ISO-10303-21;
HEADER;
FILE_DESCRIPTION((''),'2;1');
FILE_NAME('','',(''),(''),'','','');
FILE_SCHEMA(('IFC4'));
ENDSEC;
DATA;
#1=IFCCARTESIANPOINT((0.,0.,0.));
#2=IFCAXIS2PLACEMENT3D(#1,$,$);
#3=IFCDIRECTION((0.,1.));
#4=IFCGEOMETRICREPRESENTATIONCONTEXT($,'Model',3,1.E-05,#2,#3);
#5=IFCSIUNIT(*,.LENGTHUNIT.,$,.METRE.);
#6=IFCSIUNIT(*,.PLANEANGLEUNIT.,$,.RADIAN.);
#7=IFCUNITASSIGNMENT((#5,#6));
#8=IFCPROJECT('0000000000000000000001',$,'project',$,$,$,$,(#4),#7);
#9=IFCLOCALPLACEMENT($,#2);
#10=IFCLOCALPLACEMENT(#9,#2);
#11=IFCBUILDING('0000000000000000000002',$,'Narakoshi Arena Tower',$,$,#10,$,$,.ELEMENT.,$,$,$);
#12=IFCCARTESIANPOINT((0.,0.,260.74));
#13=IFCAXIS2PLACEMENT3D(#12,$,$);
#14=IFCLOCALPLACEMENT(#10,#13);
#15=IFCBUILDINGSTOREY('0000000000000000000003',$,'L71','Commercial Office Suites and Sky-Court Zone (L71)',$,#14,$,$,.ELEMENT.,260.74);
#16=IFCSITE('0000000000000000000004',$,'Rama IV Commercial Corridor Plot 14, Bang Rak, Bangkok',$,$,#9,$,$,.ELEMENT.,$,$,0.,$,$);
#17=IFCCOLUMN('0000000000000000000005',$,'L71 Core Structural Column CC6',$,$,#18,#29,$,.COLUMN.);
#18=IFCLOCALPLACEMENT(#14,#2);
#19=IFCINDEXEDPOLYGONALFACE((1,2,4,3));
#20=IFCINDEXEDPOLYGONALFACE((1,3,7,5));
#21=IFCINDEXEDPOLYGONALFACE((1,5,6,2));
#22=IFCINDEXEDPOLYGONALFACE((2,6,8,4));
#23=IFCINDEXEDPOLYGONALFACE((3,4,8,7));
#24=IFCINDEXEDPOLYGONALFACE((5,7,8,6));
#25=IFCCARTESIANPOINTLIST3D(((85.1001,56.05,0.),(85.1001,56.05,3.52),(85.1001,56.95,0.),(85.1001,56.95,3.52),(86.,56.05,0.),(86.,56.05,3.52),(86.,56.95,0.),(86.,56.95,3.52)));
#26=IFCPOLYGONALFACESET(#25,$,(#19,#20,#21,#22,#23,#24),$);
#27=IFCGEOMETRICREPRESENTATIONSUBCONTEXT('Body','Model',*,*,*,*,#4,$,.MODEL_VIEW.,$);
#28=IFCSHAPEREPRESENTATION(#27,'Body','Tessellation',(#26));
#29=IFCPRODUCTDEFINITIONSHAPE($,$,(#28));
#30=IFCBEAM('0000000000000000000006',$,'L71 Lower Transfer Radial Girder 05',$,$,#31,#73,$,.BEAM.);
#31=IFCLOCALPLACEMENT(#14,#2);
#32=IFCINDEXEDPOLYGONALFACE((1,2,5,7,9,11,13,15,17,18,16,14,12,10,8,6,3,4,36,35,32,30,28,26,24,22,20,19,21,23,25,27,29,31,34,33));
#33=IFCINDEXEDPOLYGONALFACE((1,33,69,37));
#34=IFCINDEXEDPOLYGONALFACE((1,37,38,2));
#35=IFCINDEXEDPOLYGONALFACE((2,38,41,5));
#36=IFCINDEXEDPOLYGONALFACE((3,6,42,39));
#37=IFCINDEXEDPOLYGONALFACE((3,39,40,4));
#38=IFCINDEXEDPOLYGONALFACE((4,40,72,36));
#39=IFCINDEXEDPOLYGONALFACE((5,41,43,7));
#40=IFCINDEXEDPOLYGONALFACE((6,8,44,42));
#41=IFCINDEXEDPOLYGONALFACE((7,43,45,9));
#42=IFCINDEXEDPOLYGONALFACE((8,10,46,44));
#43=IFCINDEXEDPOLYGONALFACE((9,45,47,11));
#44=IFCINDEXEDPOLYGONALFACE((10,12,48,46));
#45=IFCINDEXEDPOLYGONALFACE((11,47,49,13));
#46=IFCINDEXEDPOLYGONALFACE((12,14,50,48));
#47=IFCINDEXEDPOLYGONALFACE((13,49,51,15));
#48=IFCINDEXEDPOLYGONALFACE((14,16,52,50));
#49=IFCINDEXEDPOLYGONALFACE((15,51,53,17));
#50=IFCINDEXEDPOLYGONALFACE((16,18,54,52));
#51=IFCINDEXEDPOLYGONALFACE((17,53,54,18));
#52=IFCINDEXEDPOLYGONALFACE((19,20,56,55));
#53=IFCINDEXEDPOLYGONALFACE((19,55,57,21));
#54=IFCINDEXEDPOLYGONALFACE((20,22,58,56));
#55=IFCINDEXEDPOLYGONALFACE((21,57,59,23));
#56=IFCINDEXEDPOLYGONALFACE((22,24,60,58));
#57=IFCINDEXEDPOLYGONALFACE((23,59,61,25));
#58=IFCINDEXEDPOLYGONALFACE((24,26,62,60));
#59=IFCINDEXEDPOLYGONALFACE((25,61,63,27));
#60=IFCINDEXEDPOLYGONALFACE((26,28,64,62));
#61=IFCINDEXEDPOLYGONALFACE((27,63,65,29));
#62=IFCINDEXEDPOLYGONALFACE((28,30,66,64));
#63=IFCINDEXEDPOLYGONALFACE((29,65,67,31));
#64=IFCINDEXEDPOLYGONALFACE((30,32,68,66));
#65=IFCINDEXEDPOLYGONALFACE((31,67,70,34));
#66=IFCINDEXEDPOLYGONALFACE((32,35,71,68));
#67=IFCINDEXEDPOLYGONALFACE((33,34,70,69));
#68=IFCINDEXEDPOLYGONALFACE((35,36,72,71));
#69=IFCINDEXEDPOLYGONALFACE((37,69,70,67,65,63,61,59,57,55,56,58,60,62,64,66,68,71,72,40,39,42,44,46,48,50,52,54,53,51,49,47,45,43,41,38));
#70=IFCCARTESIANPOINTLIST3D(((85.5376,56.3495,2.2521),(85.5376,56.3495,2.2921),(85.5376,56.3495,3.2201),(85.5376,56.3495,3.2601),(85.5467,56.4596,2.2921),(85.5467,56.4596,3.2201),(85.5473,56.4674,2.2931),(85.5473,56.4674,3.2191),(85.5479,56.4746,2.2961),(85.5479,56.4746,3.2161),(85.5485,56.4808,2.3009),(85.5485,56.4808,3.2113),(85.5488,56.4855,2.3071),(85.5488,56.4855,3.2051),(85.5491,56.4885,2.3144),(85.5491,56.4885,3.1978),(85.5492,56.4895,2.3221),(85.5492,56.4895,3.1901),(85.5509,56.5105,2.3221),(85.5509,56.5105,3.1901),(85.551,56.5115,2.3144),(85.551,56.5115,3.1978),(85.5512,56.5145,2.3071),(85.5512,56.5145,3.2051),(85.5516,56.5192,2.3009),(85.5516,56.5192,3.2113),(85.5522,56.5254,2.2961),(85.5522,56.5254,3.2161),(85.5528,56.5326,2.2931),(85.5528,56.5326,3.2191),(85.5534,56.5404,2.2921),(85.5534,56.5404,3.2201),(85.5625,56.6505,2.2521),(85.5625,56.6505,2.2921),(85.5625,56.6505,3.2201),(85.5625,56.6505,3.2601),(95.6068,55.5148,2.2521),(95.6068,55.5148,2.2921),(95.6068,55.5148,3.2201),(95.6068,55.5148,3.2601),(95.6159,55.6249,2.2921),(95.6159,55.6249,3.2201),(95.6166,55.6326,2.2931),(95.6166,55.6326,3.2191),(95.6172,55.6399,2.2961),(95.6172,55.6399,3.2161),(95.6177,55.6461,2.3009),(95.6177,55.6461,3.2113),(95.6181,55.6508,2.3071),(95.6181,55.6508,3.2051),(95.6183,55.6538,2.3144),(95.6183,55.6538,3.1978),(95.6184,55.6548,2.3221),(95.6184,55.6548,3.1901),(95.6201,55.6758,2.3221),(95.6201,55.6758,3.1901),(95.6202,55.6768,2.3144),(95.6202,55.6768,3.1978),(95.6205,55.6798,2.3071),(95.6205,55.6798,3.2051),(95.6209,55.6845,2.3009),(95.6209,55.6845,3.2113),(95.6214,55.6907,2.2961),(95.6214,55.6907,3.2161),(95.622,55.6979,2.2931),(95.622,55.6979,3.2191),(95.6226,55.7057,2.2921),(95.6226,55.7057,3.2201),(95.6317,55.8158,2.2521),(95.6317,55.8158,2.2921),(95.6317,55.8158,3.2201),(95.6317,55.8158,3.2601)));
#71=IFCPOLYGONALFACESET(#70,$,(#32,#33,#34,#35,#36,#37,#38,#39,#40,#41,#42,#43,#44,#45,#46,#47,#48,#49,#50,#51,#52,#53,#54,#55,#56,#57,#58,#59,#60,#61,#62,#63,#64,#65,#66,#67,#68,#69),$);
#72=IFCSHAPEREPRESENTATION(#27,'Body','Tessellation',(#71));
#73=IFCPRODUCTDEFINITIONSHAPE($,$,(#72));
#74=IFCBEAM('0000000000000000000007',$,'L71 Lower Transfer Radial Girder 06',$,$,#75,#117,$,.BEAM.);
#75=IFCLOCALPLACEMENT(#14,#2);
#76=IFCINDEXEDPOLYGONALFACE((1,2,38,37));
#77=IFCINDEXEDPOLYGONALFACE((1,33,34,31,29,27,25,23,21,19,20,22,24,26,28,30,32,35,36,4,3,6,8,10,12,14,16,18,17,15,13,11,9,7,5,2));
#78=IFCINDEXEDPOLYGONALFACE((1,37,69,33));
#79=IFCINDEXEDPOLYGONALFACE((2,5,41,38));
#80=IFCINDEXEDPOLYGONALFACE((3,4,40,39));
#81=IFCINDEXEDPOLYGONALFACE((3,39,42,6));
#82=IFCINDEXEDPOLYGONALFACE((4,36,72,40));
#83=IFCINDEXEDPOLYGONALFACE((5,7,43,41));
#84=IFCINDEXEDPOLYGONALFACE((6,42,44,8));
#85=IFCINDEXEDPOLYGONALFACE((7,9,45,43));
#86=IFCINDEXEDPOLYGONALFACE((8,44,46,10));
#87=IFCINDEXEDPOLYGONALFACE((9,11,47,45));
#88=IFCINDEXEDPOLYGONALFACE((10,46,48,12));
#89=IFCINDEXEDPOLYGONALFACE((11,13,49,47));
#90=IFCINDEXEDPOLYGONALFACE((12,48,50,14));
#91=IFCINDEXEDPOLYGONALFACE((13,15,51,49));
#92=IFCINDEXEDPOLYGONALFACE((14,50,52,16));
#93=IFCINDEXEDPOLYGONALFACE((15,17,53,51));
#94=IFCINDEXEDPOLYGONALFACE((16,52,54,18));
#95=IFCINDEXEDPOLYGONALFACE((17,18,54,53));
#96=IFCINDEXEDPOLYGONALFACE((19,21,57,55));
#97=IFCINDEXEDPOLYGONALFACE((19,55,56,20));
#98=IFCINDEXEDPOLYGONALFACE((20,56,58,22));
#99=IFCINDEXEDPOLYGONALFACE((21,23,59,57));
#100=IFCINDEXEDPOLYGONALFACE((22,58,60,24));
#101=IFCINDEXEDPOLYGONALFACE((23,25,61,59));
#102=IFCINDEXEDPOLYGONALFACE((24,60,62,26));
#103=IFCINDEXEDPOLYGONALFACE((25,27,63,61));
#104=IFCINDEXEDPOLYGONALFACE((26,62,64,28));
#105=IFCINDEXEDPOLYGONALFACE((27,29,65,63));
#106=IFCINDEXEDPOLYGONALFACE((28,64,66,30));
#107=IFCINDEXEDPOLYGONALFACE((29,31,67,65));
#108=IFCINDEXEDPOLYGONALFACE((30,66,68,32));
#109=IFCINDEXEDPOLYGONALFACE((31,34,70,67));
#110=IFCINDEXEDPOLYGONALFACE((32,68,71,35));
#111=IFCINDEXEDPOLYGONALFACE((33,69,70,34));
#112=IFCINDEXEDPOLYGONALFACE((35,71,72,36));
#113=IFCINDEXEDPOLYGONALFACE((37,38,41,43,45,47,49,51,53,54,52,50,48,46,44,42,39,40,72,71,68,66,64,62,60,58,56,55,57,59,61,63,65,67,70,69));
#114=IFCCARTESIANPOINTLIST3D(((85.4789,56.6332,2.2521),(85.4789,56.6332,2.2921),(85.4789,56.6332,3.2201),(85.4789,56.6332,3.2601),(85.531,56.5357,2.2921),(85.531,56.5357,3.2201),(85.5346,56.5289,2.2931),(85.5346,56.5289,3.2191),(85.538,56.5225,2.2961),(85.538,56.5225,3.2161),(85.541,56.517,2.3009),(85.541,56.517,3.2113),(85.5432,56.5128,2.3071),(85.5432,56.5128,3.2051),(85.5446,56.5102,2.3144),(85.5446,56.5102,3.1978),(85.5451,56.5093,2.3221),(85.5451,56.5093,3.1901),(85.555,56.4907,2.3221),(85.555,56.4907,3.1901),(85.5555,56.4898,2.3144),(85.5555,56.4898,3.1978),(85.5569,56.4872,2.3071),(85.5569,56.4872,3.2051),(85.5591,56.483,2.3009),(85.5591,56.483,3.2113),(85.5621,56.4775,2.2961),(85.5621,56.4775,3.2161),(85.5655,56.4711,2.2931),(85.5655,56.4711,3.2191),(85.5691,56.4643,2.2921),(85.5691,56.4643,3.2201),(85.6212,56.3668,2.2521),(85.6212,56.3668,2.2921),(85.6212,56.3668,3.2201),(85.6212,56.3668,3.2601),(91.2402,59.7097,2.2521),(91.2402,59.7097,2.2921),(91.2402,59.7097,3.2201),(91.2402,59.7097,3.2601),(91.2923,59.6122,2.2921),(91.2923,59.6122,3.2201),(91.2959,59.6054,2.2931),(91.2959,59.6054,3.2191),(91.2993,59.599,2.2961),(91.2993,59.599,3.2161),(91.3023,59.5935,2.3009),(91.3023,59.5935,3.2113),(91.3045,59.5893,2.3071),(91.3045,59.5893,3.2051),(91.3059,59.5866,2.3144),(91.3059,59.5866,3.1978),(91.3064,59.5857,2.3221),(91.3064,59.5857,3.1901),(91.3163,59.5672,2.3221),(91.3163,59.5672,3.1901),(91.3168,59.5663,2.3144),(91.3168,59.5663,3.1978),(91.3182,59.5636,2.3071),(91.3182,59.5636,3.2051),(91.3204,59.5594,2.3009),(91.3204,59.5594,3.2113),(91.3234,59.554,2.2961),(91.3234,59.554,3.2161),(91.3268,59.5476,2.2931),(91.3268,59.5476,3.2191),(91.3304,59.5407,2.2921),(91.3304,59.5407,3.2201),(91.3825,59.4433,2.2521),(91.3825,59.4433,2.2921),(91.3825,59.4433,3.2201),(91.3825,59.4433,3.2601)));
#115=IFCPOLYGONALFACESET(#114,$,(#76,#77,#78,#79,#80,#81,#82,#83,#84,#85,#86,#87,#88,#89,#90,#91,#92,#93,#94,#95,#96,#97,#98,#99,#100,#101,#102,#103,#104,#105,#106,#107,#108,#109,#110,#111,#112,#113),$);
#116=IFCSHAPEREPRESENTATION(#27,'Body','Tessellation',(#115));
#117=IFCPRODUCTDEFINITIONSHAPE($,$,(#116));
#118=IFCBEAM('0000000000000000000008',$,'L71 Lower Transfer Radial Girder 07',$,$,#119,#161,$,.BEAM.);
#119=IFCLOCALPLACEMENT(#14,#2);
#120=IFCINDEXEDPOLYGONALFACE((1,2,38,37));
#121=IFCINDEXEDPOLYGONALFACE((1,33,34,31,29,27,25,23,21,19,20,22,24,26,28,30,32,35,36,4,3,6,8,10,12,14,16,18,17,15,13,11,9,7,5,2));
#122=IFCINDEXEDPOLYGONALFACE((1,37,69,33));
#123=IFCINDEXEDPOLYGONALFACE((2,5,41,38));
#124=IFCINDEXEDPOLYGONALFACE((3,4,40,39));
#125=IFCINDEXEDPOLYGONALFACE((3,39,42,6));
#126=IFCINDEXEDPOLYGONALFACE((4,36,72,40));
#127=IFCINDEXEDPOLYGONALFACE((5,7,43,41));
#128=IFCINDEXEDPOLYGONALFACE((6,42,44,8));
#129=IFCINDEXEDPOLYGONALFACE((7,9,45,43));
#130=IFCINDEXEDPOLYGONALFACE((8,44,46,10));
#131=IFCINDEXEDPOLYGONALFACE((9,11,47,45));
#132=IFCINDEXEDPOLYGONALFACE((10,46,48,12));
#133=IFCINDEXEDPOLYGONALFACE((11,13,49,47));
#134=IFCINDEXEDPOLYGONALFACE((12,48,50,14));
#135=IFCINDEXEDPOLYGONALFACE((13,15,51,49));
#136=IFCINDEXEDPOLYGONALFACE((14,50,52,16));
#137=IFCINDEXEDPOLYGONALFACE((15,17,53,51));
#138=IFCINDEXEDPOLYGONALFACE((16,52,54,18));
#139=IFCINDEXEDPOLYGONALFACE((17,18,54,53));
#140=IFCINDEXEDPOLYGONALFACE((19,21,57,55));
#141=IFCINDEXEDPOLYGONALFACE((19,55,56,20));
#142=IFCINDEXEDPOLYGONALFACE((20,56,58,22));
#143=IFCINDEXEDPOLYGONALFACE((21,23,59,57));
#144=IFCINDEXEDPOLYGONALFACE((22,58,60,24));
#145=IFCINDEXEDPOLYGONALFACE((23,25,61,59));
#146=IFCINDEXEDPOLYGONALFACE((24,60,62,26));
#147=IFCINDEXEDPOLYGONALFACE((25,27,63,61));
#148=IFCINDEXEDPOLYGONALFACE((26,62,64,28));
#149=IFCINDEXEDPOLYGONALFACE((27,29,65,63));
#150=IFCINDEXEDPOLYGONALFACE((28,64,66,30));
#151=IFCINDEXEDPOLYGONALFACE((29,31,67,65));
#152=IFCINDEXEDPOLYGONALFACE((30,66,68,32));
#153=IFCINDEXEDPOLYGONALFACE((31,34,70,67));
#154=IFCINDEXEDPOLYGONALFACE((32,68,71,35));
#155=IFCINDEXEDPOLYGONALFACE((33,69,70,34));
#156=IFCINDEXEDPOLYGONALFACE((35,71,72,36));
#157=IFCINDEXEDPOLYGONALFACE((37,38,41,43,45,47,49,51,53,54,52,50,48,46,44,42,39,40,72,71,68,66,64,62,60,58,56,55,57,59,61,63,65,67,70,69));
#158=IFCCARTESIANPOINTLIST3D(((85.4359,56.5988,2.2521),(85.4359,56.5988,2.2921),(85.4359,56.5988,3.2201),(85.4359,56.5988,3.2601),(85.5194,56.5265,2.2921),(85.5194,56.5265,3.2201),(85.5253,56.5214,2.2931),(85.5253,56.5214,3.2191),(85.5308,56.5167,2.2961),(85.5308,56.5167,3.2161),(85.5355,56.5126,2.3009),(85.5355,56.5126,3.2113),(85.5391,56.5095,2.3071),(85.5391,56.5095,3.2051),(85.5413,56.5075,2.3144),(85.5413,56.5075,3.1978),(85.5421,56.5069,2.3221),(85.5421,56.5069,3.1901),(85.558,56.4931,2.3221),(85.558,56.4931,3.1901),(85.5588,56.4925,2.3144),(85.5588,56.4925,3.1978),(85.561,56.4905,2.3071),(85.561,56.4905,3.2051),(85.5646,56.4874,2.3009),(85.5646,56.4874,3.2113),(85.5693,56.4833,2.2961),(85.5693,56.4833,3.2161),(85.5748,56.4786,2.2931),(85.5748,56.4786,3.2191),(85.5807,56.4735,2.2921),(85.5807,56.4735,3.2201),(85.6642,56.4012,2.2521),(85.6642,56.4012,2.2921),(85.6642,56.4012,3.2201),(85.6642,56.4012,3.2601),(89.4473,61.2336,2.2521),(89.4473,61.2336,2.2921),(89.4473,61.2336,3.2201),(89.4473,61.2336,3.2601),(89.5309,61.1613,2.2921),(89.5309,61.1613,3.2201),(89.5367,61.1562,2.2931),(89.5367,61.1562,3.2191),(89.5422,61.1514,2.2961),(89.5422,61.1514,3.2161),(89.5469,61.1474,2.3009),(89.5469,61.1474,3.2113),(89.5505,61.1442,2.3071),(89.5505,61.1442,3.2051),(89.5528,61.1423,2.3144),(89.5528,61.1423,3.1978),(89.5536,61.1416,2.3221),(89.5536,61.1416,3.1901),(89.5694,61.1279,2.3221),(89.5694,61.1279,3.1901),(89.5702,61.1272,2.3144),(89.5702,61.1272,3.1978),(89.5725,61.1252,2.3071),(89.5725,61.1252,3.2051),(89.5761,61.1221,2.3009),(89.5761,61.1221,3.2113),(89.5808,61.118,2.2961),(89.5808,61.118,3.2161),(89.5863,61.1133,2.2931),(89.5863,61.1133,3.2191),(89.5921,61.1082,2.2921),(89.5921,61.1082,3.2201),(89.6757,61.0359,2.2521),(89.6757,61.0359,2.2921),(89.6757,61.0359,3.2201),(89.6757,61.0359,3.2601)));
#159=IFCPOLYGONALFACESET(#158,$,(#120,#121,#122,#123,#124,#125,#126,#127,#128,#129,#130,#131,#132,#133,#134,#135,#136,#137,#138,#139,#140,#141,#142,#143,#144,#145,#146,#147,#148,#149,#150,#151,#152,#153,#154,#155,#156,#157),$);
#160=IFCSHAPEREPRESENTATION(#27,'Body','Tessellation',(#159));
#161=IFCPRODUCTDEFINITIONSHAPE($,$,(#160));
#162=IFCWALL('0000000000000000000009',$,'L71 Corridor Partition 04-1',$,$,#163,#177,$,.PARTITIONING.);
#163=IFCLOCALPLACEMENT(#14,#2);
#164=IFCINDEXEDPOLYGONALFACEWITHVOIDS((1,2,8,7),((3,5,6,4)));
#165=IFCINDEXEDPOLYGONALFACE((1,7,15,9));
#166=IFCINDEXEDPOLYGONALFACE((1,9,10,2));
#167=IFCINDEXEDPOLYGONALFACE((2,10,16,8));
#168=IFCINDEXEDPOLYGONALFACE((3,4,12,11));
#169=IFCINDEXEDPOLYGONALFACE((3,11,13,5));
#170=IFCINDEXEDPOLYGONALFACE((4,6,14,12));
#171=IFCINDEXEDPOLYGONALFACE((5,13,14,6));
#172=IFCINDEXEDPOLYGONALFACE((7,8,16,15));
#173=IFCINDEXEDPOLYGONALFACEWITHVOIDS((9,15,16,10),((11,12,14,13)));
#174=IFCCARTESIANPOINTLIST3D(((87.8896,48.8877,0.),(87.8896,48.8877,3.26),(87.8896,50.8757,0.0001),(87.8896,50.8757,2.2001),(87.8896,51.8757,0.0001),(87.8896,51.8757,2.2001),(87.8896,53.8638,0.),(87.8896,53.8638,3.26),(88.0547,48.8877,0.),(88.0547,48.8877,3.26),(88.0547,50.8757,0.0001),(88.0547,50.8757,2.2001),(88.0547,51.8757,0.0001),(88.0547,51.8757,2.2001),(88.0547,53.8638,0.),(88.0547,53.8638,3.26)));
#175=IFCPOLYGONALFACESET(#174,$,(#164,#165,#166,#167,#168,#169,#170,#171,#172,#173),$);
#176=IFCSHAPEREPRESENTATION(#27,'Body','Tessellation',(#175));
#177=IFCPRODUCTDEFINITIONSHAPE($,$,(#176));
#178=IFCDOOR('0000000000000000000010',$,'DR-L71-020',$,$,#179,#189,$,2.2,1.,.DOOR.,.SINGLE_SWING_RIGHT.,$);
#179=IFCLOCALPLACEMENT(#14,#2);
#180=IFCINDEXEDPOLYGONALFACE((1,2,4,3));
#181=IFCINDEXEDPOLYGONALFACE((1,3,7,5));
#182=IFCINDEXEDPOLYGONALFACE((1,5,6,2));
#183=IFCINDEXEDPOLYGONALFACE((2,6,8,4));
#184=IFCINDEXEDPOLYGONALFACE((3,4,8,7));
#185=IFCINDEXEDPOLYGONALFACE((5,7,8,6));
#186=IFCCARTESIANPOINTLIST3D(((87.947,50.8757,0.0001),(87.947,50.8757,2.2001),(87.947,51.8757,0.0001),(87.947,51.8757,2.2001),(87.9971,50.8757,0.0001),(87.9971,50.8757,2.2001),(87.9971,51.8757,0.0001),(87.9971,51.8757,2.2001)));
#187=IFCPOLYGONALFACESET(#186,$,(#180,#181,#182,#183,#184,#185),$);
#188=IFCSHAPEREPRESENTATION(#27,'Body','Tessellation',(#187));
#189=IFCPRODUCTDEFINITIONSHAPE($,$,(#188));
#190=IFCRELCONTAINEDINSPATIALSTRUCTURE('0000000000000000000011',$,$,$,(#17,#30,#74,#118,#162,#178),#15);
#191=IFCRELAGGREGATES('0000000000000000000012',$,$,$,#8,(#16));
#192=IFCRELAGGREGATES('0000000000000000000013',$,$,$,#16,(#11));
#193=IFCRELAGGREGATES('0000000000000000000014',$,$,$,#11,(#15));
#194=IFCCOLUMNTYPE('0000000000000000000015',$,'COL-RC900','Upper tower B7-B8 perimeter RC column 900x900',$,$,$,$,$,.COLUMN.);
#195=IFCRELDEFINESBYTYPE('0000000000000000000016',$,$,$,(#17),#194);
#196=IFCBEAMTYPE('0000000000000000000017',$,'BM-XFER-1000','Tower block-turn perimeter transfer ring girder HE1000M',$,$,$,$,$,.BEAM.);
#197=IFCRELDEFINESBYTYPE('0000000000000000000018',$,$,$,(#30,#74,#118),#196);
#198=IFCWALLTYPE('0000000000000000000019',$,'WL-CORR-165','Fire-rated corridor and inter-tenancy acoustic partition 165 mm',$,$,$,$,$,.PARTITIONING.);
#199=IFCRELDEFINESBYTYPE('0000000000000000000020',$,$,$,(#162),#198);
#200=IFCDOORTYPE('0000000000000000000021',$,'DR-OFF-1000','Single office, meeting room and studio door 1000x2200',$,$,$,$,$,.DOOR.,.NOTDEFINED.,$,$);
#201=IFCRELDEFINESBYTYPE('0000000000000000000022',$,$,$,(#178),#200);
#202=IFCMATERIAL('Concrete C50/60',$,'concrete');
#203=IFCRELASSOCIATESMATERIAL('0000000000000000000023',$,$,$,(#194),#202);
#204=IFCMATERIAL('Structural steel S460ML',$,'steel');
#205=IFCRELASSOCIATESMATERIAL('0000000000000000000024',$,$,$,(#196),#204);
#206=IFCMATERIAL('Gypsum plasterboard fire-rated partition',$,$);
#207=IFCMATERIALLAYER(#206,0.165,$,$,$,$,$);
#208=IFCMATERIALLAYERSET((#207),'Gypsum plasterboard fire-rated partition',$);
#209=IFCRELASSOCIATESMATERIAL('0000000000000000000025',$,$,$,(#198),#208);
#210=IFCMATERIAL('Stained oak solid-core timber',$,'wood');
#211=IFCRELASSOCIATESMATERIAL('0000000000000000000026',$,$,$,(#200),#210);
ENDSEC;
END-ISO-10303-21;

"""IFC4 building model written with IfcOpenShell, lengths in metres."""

from ifc_helpers import new_model, si_unit, direction, frame, frame_2d, origin, origin_2d, place, context, subcontext, project, spatial, rectangle, i_section, extrude, material, layer, layer_set, material_profile, profile_set, type_object, element, fill, save


model = new_model("IFC4")

# Units and contexts
model_context = context("Model", 3, precision=1e-05, world=origin(), true_north=direction((0.0, 1.0)))
body_context = subcontext(model_context, "Body", "Model", "MODEL_VIEW")
ifc_project = project(units=[si_unit("LENGTHUNIT", "METRE"), si_unit("PLANEANGLEUNIT", "RADIAN")], contexts=[model_context])

# Site, building, storey
site_placement = place(None, origin())
site = spatial("IfcSite", under=ifc_project, at=site_placement, Name="Rama IV Commercial Corridor Plot 14, Bang Rak, Bangkok", CompositionType="ELEMENT", RefElevation=0.0)
building_placement = place(site_placement, origin())
building = spatial("IfcBuilding", under=site, at=building_placement, Name="Narakoshi Arena Tower", CompositionType="ELEMENT")
storey_placement = place(building_placement, frame((0.0, 0.0, 260.74)))
storey = spatial("IfcBuildingStorey", under=building, at=storey_placement, Name="L71", Description="Commercial Office Suites and Sky-Court Zone (L71)", CompositionType="ELEMENT", Elevation=260.74)

# Column
ifc_material_1 = material(Name="Concrete C50/60", Category="concrete")
ifc_material_profile_1 = material_profile(ifc_material_1, rectangle(XDim=0.8999, YDim=0.8999, at=origin_2d()), Name="RC900x900")
ifc_profile_set_1 = profile_set([ifc_material_profile_1], Name="Concrete C50/60")
column_type = type_object("IfcColumnType", Name="COL-RC900", Description="Upper tower B7-B8 perimeter RC column 900x900", PredefinedType="COLUMN", material=ifc_profile_set_1)
column_placement = place(storey_placement, frame((85.55, 56.5, 0.0), z_axis=(0.0, 0.0, 1.0), x_axis=(1.0, 0.0, 0.0)))
element("IfcColumn", 1, at=column_placement, inside=storey, type_object=column_type, Name="L71 Core Structural Column CC6", PredefinedType="COLUMN", context=body_context, shape_type="SweptSolid", body=[
    extrude(rectangle(XDim=0.8999, YDim=0.8999, at=origin_2d()), origin(), (0.0, 0.0, 1.0), 3.52),
])

# Beams
ifc_material_2 = material(Name="Structural steel S460ML", Category="steel")
ifc_material_profile_2 = material_profile(ifc_material_2, i_section(OverallWidth=0.302, OverallDepth=1.0081, WebThickness=0.021, FlangeThickness=0.04, FilletRadius=0.03, at=origin_2d()), Name="HE1000M")
ifc_profile_set_2 = profile_set([ifc_material_profile_2], Name="Structural steel S460ML")
beam_type = type_object("IfcBeamType", Name="BM-XFER-1000", Description="Tower block-turn perimeter transfer ring girder HE1000M", PredefinedType="BEAM", material=ifc_profile_set_2)
beam_1_placement = place(storey_placement, frame((85.55, 56.5, 2.7561), z_axis=(0.996582, -0.082614, 0.0), x_axis=(0.082614, 0.996582, 0.0)))
element("IfcBeam", 2, at=beam_1_placement, inside=storey, type_object=beam_type, Name="L71 Lower Transfer Radial Girder 05", PredefinedType="BEAM", context=body_context, shape_type="SweptSolid", body=[
    extrude(i_section(OverallWidth=0.302, OverallDepth=1.0081, WebThickness=0.021, FlangeThickness=0.04, FilletRadius=0.03, at=origin_2d()), origin(), (0.0, 0.0, 1.0), 10.1038),
])
beam_2_placement = place(storey_placement, frame((85.55, 56.5, 2.7561), z_axis=(0.882114, 0.471036, 0.0), x_axis=(-0.471036, 0.882114, 0.0)))
element("IfcBeam", 3, at=beam_2_placement, inside=storey, type_object=beam_type, Name="L71 Lower Transfer Radial Girder 06", PredefinedType="BEAM", context=body_context, shape_type="SweptSolid", body=[
    extrude(i_section(OverallWidth=0.302, OverallDepth=1.0081, WebThickness=0.021, FlangeThickness=0.04, FilletRadius=0.03, at=origin_2d()), origin(), (0.0, 0.0, 1.0), 6.5312),
])
beam_3_placement = place(storey_placement, frame((85.55, 56.5, 2.7561), z_axis=(0.654435, 0.756119, 0.0), x_axis=(-0.756119, 0.654435, 0.0)))
element("IfcBeam", 4, at=beam_3_placement, inside=storey, type_object=beam_type, Name="L71 Lower Transfer Radial Girder 07", PredefinedType="BEAM", context=body_context, shape_type="SweptSolid", body=[
    extrude(i_section(OverallWidth=0.302, OverallDepth=1.0081, WebThickness=0.021, FlangeThickness=0.04, FilletRadius=0.03, at=origin_2d()), origin(), (0.0, 0.0, 1.0), 6.1296),
])

# Wall, opening, door
ifc_material_3 = material(Name="Gypsum plasterboard fire-rated partition")
ifc_layer_1 = layer(ifc_material_3, 0.165)
ifc_layer_set_1 = layer_set([ifc_layer_1], Name="Gypsum plasterboard fire-rated partition")
wall_type_1 = type_object("IfcWallType", Name="WL-CORR-165", Description="Fire-rated corridor and inter-tenancy acoustic partition 165 mm", PredefinedType="PARTITIONING", material=ifc_layer_set_1)
wall_1_placement = place(storey_placement, frame((87.9722, 48.8877, 0.0), z_axis=(0.0, 0.0, 1.0), x_axis=(0.0, 1.0, 0.0)))
wall_1 = element("IfcWall", 5, at=wall_1_placement, inside=storey, type_object=wall_type_1, Name="L71 Corridor Partition 04-1", PredefinedType="PARTITIONING", context=body_context, shape_type="SweptSolid", body=[
    extrude(rectangle(XDim=4.9761, YDim=0.165, at=frame_2d((2.488, 0.0))), origin(), (0.0, 0.0, 1.0), 3.26),
])
opening_1_placement = place(wall_1_placement, frame((1.988, 0.0, 0.0)))
opening_1 = element("IfcOpeningElement", 6, at=opening_1_placement, cuts=wall_1, PredefinedType="OPENING", context=body_context, shape_type="SweptSolid", body=[
    extrude(rectangle(XDim=1.0, YDim=2.2, at=frame_2d((0.5, 1.1001))), frame((0.0, 0.0925, 0.0), z_axis=(0.0, -1.0, 0.0), x_axis=(1.0, 0.0, 0.0)), (0.0, 0.0, 1.0), 0.1851),
])
ifc_material_4 = material(Name="Stained oak solid-core timber", Category="wood")
door_type_1 = type_object("IfcDoorType", Name="DR-OFF-1000", Description="Single office, meeting room and studio door 1000x2200", OperationType="NOTDEFINED", PredefinedType="DOOR", material=ifc_material_4)
door_1_placement = place(opening_1_placement, frame((1.0, 0.0, 0.0), z_axis=(0.0, 0.0, 1.0), x_axis=(-1.0, 0.0, 0.0)))
door_1 = element("IfcDoor", 7, at=door_1_placement, inside=storey, type_object=door_type_1, Name="DR-L71-020", OperationType="SINGLE_SWING_RIGHT", OverallHeight=2.2, OverallWidth=1.0, PredefinedType="DOOR", context=body_context, shape_type="SweptSolid", body=[
    extrude(rectangle(XDim=1.0, YDim=2.2, at=frame_2d((0.5, 1.1001))), frame((0.0, 0.0249, 0.0), z_axis=(0.0, -1.0, 0.0), x_axis=(1.0, 0.0, 0.0)), (0.0, 0.0, 1.0), 0.05),
])
fill(opening_1, door_1)

save(model, "model.ifc")
